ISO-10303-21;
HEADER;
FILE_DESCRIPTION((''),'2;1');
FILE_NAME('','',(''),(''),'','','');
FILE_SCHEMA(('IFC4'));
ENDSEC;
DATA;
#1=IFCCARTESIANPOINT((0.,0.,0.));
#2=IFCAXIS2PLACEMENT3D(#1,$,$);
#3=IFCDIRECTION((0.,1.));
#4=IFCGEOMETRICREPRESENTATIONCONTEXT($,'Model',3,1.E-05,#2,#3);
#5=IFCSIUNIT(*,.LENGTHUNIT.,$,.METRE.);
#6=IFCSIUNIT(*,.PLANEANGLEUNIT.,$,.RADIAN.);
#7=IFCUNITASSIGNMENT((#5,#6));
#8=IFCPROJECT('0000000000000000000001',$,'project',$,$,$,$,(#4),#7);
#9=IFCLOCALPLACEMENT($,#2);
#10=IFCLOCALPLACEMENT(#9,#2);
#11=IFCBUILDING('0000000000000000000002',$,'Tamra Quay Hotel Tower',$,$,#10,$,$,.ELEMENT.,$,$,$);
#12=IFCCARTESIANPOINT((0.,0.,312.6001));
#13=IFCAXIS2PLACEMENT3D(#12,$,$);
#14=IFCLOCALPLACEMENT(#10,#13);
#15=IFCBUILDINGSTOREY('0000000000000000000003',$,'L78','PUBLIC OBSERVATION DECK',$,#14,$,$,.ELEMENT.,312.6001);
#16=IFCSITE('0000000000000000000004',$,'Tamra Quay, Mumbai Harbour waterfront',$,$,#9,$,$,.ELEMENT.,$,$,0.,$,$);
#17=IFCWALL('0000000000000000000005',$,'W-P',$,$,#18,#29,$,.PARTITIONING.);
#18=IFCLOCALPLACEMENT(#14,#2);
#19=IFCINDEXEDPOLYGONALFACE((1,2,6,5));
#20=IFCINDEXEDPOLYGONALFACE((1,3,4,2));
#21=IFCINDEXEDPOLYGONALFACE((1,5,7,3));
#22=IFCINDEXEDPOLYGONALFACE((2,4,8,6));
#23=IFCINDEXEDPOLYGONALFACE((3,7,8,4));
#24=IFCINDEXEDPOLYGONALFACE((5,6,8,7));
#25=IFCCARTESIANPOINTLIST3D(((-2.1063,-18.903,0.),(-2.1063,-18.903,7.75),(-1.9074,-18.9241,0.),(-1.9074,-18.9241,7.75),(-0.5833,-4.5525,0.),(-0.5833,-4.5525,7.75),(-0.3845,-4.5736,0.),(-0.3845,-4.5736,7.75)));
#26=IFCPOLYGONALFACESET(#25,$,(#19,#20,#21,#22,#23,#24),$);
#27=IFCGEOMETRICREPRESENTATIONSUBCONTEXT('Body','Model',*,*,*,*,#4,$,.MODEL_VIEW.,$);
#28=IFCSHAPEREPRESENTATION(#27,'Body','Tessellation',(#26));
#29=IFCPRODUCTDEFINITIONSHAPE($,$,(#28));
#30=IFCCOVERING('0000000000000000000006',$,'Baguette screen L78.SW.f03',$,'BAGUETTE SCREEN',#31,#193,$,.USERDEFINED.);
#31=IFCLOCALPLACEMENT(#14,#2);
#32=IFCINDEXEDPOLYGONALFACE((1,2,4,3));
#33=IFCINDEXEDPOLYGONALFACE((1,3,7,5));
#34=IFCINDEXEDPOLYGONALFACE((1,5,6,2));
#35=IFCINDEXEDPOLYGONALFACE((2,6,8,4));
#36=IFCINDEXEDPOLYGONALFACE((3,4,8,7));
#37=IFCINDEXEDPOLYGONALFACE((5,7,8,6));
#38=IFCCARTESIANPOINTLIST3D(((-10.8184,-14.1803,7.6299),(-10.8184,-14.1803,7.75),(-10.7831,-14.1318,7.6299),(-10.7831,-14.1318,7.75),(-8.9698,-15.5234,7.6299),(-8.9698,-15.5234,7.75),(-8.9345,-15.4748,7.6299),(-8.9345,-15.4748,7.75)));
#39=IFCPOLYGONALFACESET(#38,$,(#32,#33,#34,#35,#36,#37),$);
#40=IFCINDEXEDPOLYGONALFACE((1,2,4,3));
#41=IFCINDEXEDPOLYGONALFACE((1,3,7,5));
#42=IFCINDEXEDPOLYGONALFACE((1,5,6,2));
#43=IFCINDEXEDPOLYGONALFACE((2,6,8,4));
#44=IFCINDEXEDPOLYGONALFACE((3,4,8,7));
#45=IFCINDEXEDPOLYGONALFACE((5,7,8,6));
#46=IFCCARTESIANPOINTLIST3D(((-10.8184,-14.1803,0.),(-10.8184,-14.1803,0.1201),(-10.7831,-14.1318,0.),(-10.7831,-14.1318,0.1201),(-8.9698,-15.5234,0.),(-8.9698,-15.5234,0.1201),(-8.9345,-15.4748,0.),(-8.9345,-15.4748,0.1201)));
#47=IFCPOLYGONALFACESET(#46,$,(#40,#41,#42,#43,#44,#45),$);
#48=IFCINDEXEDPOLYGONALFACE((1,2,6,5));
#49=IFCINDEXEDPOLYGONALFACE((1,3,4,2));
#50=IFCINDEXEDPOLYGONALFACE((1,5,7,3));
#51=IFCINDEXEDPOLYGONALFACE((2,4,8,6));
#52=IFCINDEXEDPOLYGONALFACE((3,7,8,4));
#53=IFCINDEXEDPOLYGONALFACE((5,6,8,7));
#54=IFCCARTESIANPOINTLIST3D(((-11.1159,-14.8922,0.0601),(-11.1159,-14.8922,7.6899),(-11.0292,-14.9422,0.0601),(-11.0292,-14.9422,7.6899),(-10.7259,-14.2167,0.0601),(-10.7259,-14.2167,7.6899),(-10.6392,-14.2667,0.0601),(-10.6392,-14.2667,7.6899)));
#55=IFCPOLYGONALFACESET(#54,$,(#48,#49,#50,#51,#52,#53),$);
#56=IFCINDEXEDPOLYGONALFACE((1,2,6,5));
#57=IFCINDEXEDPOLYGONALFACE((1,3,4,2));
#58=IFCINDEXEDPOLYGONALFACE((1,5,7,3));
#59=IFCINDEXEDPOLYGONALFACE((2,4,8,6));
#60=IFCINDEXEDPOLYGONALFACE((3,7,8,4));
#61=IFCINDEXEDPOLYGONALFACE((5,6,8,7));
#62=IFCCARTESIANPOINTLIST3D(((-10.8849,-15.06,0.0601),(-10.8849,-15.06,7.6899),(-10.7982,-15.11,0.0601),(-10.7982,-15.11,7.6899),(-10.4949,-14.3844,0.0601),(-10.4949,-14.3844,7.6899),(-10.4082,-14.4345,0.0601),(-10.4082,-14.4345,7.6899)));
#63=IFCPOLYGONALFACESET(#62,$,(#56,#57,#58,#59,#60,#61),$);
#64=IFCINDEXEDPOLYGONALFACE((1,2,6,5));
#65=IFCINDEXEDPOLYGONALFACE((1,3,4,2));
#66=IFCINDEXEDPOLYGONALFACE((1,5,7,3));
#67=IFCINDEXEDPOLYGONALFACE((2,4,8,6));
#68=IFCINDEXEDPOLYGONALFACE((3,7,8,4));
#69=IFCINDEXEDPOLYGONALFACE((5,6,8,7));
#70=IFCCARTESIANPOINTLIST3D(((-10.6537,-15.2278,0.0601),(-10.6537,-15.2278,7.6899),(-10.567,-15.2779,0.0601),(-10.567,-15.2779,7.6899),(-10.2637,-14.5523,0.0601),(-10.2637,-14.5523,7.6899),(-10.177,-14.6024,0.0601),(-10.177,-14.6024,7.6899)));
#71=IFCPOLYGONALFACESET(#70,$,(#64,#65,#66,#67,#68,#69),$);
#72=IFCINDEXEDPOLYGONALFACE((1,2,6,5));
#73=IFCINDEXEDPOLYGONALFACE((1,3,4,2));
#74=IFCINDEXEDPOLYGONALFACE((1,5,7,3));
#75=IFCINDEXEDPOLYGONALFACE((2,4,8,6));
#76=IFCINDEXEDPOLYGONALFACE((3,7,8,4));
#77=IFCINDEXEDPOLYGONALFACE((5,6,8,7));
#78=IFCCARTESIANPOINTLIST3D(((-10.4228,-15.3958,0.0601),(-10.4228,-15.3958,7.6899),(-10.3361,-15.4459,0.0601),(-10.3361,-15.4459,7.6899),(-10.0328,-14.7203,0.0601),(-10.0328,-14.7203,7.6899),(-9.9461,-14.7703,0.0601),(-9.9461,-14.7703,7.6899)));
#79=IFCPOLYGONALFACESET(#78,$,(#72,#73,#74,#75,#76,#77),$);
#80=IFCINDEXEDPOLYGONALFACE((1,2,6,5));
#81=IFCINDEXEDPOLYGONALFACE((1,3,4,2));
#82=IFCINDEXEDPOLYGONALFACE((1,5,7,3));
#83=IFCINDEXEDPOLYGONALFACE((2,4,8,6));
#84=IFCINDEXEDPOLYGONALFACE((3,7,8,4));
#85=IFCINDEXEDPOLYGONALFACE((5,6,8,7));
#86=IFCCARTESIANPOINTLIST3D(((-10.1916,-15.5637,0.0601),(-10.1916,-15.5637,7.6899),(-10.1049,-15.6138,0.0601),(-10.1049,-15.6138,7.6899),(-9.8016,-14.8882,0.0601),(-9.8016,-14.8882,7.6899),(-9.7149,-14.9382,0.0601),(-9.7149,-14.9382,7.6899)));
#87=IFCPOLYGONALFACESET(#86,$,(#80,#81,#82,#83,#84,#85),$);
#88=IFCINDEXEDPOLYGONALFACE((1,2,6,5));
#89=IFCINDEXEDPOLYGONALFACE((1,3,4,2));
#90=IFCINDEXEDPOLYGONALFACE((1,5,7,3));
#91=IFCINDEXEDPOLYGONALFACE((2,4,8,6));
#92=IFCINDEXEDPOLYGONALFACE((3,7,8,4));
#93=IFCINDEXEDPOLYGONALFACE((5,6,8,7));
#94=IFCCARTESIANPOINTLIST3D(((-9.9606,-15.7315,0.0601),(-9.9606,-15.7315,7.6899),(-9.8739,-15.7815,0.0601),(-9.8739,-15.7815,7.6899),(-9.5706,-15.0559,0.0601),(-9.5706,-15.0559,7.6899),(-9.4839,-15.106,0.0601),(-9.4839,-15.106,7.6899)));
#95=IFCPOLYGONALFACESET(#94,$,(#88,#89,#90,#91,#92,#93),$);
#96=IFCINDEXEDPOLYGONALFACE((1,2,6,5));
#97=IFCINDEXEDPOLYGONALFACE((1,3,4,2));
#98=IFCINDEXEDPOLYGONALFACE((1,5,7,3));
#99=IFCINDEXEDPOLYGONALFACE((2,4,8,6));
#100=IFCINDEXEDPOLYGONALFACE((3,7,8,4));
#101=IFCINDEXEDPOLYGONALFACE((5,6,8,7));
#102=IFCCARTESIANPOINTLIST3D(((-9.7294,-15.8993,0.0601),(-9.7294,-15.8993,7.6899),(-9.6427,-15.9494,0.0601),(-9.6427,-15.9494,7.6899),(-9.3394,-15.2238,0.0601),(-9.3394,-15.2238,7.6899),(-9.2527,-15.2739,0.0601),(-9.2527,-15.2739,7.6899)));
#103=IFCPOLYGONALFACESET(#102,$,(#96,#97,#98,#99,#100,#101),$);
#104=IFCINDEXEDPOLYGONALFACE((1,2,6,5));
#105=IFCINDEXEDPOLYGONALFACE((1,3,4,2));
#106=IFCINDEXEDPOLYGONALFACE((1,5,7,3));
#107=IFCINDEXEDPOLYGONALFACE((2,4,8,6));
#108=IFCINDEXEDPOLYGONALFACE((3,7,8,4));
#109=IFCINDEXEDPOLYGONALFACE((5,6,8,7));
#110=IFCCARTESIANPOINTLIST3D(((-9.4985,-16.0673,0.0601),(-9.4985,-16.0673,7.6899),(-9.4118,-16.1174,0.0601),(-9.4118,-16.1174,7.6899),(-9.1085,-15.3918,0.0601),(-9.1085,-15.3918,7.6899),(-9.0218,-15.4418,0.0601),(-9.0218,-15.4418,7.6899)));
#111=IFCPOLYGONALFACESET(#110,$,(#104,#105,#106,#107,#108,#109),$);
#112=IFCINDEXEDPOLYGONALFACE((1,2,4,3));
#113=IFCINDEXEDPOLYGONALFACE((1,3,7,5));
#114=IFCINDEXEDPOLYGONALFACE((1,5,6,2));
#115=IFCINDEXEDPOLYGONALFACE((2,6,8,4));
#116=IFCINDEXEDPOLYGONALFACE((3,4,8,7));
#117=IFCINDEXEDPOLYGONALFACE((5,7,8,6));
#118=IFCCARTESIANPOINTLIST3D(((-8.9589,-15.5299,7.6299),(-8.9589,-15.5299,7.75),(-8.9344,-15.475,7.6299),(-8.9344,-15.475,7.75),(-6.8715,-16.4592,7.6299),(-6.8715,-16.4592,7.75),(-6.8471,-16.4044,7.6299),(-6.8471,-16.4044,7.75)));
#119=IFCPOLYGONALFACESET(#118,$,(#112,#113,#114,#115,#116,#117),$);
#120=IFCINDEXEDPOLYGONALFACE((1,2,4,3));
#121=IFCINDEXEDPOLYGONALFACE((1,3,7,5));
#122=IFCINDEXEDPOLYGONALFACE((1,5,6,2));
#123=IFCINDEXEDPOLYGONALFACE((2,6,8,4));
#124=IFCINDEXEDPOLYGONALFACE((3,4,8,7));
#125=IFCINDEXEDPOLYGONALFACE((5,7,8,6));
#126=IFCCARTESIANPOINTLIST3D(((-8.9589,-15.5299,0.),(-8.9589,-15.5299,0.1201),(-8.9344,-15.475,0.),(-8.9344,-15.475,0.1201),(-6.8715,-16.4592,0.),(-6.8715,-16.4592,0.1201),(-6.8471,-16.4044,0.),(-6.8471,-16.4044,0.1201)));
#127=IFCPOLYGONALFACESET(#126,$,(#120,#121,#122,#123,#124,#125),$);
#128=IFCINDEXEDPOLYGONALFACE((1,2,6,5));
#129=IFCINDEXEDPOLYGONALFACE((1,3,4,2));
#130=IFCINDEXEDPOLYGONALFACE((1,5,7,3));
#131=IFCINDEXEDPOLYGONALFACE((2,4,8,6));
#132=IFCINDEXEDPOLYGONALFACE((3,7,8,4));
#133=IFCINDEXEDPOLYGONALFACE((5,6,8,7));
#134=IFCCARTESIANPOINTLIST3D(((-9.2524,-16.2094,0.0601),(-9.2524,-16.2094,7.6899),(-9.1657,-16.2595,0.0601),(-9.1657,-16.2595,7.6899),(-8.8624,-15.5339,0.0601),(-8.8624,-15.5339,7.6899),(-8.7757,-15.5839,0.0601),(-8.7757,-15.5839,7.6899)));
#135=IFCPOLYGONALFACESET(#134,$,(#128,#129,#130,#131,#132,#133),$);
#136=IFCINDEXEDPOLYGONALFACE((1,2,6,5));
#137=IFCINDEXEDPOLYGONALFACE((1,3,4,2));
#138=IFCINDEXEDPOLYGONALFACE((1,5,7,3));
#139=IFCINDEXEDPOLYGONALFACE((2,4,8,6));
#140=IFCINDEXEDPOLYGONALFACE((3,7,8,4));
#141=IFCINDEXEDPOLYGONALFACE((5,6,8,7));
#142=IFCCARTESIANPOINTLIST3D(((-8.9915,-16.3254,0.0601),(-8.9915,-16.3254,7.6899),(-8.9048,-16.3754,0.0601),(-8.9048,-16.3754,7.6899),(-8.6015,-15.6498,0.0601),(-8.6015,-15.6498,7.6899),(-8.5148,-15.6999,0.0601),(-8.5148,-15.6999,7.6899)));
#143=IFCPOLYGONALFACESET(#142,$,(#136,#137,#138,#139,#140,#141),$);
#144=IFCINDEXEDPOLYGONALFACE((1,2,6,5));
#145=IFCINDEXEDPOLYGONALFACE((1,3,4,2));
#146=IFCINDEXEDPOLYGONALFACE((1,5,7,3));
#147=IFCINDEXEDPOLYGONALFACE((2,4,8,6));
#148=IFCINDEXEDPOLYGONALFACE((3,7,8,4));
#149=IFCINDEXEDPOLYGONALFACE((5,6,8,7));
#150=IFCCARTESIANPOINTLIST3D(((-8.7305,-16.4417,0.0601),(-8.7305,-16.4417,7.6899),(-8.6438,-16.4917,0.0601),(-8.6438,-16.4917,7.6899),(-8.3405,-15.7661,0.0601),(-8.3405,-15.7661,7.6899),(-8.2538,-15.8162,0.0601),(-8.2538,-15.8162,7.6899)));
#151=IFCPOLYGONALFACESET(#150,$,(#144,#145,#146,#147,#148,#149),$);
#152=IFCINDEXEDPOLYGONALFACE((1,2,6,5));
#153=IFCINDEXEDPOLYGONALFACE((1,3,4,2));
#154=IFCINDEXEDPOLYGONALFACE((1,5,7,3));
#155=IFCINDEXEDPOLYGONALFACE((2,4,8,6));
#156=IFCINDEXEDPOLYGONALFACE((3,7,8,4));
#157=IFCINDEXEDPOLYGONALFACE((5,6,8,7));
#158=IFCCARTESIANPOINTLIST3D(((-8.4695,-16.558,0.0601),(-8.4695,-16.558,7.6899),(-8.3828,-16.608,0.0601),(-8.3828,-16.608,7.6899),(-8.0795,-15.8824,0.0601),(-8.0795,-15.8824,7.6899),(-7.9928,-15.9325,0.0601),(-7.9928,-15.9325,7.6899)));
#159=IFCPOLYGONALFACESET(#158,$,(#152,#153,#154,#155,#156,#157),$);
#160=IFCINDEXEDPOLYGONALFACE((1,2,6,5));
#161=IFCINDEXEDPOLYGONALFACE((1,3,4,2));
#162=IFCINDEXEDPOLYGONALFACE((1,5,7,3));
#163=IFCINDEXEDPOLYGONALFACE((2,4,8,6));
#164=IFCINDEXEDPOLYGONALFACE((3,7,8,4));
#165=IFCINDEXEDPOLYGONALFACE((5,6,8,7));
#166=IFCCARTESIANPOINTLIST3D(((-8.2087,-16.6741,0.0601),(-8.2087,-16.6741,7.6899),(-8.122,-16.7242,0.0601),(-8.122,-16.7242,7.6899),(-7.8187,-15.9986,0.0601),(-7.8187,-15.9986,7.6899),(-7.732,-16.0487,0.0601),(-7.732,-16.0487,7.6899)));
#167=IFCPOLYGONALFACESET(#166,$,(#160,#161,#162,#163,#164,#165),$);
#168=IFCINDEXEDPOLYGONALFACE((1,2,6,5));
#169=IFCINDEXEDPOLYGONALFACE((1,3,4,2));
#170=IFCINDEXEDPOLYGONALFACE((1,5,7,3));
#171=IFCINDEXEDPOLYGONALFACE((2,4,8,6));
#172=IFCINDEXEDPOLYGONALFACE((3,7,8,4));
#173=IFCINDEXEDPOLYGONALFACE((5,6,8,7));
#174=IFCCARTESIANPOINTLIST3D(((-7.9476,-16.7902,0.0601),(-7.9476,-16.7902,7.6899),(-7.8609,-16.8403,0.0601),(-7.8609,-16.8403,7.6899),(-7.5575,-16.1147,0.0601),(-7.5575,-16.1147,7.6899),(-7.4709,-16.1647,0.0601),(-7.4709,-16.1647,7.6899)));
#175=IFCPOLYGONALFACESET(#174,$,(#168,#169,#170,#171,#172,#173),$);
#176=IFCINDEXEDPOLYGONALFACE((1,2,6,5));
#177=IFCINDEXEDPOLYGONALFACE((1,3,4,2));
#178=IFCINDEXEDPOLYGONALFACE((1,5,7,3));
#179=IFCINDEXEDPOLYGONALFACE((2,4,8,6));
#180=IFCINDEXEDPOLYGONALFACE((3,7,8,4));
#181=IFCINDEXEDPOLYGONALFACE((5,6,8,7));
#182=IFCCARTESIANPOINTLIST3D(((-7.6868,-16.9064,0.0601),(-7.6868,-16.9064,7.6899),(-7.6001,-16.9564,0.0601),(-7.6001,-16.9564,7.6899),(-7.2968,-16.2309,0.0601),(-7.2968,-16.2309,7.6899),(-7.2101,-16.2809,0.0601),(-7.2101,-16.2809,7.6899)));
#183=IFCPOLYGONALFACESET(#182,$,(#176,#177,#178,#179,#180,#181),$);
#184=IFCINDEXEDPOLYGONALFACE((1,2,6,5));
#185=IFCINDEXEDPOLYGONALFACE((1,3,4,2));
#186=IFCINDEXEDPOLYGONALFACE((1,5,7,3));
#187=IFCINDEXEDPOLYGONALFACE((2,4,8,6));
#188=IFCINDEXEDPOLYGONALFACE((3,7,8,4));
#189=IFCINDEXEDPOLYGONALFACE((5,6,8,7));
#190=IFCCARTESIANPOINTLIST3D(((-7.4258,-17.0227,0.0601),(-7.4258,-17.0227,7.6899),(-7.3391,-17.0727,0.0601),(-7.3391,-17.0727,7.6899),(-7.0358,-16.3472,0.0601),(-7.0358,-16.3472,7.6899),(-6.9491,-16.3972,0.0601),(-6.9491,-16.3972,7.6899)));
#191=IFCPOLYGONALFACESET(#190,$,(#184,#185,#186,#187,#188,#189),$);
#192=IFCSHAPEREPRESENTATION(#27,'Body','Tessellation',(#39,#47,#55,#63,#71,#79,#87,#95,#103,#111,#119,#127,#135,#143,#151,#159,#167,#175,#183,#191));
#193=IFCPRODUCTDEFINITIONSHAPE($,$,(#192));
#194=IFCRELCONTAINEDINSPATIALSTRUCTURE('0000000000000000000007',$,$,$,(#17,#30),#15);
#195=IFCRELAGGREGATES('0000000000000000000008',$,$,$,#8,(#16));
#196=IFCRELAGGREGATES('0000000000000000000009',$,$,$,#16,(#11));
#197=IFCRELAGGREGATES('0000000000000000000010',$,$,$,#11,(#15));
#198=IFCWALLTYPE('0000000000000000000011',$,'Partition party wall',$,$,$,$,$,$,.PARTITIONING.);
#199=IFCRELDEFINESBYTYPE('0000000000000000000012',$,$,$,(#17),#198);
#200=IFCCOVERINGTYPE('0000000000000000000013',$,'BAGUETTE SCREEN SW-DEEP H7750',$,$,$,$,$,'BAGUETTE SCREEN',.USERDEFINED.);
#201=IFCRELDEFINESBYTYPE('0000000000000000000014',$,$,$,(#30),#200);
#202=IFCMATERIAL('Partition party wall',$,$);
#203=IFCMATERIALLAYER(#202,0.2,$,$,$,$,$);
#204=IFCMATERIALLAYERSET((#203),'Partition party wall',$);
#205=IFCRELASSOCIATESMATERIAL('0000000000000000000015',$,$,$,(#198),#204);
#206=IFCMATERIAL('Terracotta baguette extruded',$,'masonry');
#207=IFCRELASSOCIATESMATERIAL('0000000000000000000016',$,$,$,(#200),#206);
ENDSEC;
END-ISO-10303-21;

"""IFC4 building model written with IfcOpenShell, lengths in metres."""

from ifc_helpers import new_model, si_unit, direction, frame, frame_2d, origin, place, context, subcontext, project, spatial, rectangle, extrude, source, transform, mapped, material, layer, layer_set, type_object, element, save


model = new_model("IFC4")

# Units and contexts
model_context = context("Model", 3, precision=1e-05, world=origin(), true_north=direction((0.0, 1.0)))
body_context = subcontext(model_context, "Body", "Model", "MODEL_VIEW")
ifc_project = project(units=[si_unit("LENGTHUNIT", "METRE"), si_unit("PLANEANGLEUNIT", "RADIAN")], contexts=[model_context])

# Site, building, storey
site_placement = place(None, origin())
site = spatial("IfcSite", under=ifc_project, at=site_placement, Name="Tamra Quay, Mumbai Harbour waterfront", CompositionType="ELEMENT", RefElevation=0.0)
building_placement = place(site_placement, origin())
building = spatial("IfcBuilding", under=site, at=building_placement, Name="Tamra Quay Hotel Tower", CompositionType="ELEMENT")
storey_placement = place(building_placement, frame((0.0, 0.0, 312.6001)))
storey = spatial("IfcBuildingStorey", under=building, at=storey_placement, Name="L78", Description="PUBLIC OBSERVATION DECK", CompositionType="ELEMENT", Elevation=312.6001)

# Wall
ifc_material_1 = material(Name="Partition party wall")
ifc_layer_1 = layer(ifc_material_1, 0.2)
ifc_layer_set_1 = layer_set([ifc_layer_1], Name="Partition party wall")
wall_type = type_object("IfcWallType", Name="Partition party wall", PredefinedType="PARTITIONING", material=ifc_layer_set_1)
wall_1_placement = place(storey_placement, frame((-2.0068, -18.9136, 0.0), z_axis=(0.0, 0.0, 1.0), x_axis=(0.105532, 0.994416, 0.0)))
element("IfcWall", 1, at=wall_1_placement, inside=storey, type_object=wall_type, Name="W-P", PredefinedType="PARTITIONING", context=body_context, shape_type="SweptSolid", body=[
    extrude(rectangle(XDim=14.4312, YDim=0.2, at=frame_2d((7.2156, 0.0))), origin(), (0.0, 0.0, 1.0), 7.75),
])

# Covering
ifc_material_2 = material(Name="Terracotta baguette extruded", Category="masonry")
covering_type_1 = type_object("IfcCoveringType", Name="BAGUETTE SCREEN SW-DEEP H7750", ElementType="BAGUETTE SCREEN", PredefinedType="USERDEFINED", material=ifc_material_2)
shared_shape_1 = source(origin(), body_context, "Body", "SweptSolid", [
    extrude(rectangle(XDim=2.2849, YDim=0.0601, at=frame_2d((1.1426, 0.03))), frame((-2.2788, -0.0576, -0.1201), z_axis=(0.0, 0.0, 1.0), x_axis=(0.994522, -0.104528, 0.0)), (0.0, 0.0, 1.0), 0.1201),
    extrude(rectangle(XDim=2.2849, YDim=0.0601, at=frame_2d((1.1426, 0.03))), frame((-2.2788, -0.0576, -7.75), z_axis=(0.0, 0.0, 1.0), x_axis=(0.994522, -0.104528, 0.0)), (0.0, 0.0, 1.0), 0.1201),
    extrude(rectangle(XDim=0.1001, YDim=0.78, at=frame_2d((0.05, 0.3901))), frame((-2.1804, -0.823, -7.6899)), (0.0, 0.0, 1.0), 7.6299),
    extrude(rectangle(XDim=0.1001, YDim=0.78, at=frame_2d((0.05, 0.3901))), frame((-1.8965, -0.8528, -7.6899)), (0.0, 0.0, 1.0), 7.6299),
    extrude(rectangle(XDim=0.1001, YDim=0.78, at=frame_2d((0.05, 0.3901))), frame((-1.6123, -0.8826, -7.6899)), (0.0, 0.0, 1.0), 7.6299),
    extrude(rectangle(XDim=0.1001, YDim=0.78, at=frame_2d((0.05, 0.3901))), frame((-1.3284, -0.9126, -7.6899)), (0.0, 0.0, 1.0), 7.6299),
    extrude(rectangle(XDim=0.1001, YDim=0.78, at=frame_2d((0.05, 0.3901))), frame((-1.0442, -0.9424, -7.6899)), (0.0, 0.0, 1.0), 7.6299),
    extrude(rectangle(XDim=0.1001, YDim=0.78, at=frame_2d((0.05, 0.3901))), frame((-0.7603, -0.9722, -7.6899)), (0.0, 0.0, 1.0), 7.6299),
    extrude(rectangle(XDim=0.1001, YDim=0.78, at=frame_2d((0.05, 0.3901))), frame((-0.4761, -1.002, -7.6899)), (0.0, 0.0, 1.0), 7.6299),
    extrude(rectangle(XDim=0.1001, YDim=0.78, at=frame_2d((0.05, 0.3901))), frame((-0.1921, -1.032, -7.6899)), (0.0, 0.0, 1.0), 7.6299),
    extrude(rectangle(XDim=2.2849, YDim=0.0601, at=frame_2d((1.1426, 0.03))), frame((0.0063, -0.2966, -0.1201), z_axis=(0.0, 0.0, 1.0), x_axis=(0.994522, 0.104528, 0.0)), (0.0, 0.0, 1.0), 0.1201),
    extrude(rectangle(XDim=2.2849, YDim=0.0601, at=frame_2d((1.1426, 0.03))), frame((0.0063, -0.2966, -7.75), z_axis=(0.0, 0.0, 1.0), x_axis=(0.994522, 0.104528, 0.0)), (0.0, 0.0, 1.0), 0.1201),
    extrude(rectangle(XDim=0.1001, YDim=0.78, at=frame_2d((0.05, 0.3901))), frame((0.092, -1.032, -7.6899)), (0.0, 0.0, 1.0), 7.6299),
    extrude(rectangle(XDim=0.1001, YDim=0.78, at=frame_2d((0.05, 0.3901))), frame((0.376, -1.002, -7.6899)), (0.0, 0.0, 1.0), 7.6299),
    extrude(rectangle(XDim=0.1001, YDim=0.78, at=frame_2d((0.05, 0.3901))), frame((0.6602, -0.9722, -7.6899)), (0.0, 0.0, 1.0), 7.6299),
    extrude(rectangle(XDim=0.1001, YDim=0.78, at=frame_2d((0.05, 0.3901))), frame((0.9443, -0.9424, -7.6899)), (0.0, 0.0, 1.0), 7.6299),
    extrude(rectangle(XDim=0.1001, YDim=0.78, at=frame_2d((0.05, 0.3901))), frame((1.2283, -0.9126, -7.6899)), (0.0, 0.0, 1.0), 7.6299),
    extrude(rectangle(XDim=0.1001, YDim=0.78, at=frame_2d((0.05, 0.3901))), frame((1.5125, -0.8826, -7.6899)), (0.0, 0.0, 1.0), 7.6299),
    extrude(rectangle(XDim=0.1001, YDim=0.78, at=frame_2d((0.05, 0.3901))), frame((1.7964, -0.8528, -7.6899)), (0.0, 0.0, 1.0), 7.6299),
    extrude(rectangle(XDim=0.1001, YDim=0.78, at=frame_2d((0.05, 0.3901))), frame((2.0806, -0.823, -7.6899)), (0.0, 0.0, 1.0), 7.6299),
])
for number, where, z_axis, x_axis, name in (
    (2, (-8.8162, -15.2698, 7.75), (0.0, 0.0, 1.0), (0.866025, -0.5, 0.0), "Baguette screen L78.SW.f03"),
):
    element("IfcCovering", number, at=place(storey_placement, frame(where, z_axis=z_axis, x_axis=x_axis)), inside=storey, type_object=covering_type_1, Name=name, ObjectType="BAGUETTE SCREEN", PredefinedType="USERDEFINED", context=body_context, shape_type="MappedRepresentation", body=[
        mapped(shared_shape_1, transform((0.0, 0.0, 0.0), scale=1.0)),
    ])

save(model, "model.ifc")
